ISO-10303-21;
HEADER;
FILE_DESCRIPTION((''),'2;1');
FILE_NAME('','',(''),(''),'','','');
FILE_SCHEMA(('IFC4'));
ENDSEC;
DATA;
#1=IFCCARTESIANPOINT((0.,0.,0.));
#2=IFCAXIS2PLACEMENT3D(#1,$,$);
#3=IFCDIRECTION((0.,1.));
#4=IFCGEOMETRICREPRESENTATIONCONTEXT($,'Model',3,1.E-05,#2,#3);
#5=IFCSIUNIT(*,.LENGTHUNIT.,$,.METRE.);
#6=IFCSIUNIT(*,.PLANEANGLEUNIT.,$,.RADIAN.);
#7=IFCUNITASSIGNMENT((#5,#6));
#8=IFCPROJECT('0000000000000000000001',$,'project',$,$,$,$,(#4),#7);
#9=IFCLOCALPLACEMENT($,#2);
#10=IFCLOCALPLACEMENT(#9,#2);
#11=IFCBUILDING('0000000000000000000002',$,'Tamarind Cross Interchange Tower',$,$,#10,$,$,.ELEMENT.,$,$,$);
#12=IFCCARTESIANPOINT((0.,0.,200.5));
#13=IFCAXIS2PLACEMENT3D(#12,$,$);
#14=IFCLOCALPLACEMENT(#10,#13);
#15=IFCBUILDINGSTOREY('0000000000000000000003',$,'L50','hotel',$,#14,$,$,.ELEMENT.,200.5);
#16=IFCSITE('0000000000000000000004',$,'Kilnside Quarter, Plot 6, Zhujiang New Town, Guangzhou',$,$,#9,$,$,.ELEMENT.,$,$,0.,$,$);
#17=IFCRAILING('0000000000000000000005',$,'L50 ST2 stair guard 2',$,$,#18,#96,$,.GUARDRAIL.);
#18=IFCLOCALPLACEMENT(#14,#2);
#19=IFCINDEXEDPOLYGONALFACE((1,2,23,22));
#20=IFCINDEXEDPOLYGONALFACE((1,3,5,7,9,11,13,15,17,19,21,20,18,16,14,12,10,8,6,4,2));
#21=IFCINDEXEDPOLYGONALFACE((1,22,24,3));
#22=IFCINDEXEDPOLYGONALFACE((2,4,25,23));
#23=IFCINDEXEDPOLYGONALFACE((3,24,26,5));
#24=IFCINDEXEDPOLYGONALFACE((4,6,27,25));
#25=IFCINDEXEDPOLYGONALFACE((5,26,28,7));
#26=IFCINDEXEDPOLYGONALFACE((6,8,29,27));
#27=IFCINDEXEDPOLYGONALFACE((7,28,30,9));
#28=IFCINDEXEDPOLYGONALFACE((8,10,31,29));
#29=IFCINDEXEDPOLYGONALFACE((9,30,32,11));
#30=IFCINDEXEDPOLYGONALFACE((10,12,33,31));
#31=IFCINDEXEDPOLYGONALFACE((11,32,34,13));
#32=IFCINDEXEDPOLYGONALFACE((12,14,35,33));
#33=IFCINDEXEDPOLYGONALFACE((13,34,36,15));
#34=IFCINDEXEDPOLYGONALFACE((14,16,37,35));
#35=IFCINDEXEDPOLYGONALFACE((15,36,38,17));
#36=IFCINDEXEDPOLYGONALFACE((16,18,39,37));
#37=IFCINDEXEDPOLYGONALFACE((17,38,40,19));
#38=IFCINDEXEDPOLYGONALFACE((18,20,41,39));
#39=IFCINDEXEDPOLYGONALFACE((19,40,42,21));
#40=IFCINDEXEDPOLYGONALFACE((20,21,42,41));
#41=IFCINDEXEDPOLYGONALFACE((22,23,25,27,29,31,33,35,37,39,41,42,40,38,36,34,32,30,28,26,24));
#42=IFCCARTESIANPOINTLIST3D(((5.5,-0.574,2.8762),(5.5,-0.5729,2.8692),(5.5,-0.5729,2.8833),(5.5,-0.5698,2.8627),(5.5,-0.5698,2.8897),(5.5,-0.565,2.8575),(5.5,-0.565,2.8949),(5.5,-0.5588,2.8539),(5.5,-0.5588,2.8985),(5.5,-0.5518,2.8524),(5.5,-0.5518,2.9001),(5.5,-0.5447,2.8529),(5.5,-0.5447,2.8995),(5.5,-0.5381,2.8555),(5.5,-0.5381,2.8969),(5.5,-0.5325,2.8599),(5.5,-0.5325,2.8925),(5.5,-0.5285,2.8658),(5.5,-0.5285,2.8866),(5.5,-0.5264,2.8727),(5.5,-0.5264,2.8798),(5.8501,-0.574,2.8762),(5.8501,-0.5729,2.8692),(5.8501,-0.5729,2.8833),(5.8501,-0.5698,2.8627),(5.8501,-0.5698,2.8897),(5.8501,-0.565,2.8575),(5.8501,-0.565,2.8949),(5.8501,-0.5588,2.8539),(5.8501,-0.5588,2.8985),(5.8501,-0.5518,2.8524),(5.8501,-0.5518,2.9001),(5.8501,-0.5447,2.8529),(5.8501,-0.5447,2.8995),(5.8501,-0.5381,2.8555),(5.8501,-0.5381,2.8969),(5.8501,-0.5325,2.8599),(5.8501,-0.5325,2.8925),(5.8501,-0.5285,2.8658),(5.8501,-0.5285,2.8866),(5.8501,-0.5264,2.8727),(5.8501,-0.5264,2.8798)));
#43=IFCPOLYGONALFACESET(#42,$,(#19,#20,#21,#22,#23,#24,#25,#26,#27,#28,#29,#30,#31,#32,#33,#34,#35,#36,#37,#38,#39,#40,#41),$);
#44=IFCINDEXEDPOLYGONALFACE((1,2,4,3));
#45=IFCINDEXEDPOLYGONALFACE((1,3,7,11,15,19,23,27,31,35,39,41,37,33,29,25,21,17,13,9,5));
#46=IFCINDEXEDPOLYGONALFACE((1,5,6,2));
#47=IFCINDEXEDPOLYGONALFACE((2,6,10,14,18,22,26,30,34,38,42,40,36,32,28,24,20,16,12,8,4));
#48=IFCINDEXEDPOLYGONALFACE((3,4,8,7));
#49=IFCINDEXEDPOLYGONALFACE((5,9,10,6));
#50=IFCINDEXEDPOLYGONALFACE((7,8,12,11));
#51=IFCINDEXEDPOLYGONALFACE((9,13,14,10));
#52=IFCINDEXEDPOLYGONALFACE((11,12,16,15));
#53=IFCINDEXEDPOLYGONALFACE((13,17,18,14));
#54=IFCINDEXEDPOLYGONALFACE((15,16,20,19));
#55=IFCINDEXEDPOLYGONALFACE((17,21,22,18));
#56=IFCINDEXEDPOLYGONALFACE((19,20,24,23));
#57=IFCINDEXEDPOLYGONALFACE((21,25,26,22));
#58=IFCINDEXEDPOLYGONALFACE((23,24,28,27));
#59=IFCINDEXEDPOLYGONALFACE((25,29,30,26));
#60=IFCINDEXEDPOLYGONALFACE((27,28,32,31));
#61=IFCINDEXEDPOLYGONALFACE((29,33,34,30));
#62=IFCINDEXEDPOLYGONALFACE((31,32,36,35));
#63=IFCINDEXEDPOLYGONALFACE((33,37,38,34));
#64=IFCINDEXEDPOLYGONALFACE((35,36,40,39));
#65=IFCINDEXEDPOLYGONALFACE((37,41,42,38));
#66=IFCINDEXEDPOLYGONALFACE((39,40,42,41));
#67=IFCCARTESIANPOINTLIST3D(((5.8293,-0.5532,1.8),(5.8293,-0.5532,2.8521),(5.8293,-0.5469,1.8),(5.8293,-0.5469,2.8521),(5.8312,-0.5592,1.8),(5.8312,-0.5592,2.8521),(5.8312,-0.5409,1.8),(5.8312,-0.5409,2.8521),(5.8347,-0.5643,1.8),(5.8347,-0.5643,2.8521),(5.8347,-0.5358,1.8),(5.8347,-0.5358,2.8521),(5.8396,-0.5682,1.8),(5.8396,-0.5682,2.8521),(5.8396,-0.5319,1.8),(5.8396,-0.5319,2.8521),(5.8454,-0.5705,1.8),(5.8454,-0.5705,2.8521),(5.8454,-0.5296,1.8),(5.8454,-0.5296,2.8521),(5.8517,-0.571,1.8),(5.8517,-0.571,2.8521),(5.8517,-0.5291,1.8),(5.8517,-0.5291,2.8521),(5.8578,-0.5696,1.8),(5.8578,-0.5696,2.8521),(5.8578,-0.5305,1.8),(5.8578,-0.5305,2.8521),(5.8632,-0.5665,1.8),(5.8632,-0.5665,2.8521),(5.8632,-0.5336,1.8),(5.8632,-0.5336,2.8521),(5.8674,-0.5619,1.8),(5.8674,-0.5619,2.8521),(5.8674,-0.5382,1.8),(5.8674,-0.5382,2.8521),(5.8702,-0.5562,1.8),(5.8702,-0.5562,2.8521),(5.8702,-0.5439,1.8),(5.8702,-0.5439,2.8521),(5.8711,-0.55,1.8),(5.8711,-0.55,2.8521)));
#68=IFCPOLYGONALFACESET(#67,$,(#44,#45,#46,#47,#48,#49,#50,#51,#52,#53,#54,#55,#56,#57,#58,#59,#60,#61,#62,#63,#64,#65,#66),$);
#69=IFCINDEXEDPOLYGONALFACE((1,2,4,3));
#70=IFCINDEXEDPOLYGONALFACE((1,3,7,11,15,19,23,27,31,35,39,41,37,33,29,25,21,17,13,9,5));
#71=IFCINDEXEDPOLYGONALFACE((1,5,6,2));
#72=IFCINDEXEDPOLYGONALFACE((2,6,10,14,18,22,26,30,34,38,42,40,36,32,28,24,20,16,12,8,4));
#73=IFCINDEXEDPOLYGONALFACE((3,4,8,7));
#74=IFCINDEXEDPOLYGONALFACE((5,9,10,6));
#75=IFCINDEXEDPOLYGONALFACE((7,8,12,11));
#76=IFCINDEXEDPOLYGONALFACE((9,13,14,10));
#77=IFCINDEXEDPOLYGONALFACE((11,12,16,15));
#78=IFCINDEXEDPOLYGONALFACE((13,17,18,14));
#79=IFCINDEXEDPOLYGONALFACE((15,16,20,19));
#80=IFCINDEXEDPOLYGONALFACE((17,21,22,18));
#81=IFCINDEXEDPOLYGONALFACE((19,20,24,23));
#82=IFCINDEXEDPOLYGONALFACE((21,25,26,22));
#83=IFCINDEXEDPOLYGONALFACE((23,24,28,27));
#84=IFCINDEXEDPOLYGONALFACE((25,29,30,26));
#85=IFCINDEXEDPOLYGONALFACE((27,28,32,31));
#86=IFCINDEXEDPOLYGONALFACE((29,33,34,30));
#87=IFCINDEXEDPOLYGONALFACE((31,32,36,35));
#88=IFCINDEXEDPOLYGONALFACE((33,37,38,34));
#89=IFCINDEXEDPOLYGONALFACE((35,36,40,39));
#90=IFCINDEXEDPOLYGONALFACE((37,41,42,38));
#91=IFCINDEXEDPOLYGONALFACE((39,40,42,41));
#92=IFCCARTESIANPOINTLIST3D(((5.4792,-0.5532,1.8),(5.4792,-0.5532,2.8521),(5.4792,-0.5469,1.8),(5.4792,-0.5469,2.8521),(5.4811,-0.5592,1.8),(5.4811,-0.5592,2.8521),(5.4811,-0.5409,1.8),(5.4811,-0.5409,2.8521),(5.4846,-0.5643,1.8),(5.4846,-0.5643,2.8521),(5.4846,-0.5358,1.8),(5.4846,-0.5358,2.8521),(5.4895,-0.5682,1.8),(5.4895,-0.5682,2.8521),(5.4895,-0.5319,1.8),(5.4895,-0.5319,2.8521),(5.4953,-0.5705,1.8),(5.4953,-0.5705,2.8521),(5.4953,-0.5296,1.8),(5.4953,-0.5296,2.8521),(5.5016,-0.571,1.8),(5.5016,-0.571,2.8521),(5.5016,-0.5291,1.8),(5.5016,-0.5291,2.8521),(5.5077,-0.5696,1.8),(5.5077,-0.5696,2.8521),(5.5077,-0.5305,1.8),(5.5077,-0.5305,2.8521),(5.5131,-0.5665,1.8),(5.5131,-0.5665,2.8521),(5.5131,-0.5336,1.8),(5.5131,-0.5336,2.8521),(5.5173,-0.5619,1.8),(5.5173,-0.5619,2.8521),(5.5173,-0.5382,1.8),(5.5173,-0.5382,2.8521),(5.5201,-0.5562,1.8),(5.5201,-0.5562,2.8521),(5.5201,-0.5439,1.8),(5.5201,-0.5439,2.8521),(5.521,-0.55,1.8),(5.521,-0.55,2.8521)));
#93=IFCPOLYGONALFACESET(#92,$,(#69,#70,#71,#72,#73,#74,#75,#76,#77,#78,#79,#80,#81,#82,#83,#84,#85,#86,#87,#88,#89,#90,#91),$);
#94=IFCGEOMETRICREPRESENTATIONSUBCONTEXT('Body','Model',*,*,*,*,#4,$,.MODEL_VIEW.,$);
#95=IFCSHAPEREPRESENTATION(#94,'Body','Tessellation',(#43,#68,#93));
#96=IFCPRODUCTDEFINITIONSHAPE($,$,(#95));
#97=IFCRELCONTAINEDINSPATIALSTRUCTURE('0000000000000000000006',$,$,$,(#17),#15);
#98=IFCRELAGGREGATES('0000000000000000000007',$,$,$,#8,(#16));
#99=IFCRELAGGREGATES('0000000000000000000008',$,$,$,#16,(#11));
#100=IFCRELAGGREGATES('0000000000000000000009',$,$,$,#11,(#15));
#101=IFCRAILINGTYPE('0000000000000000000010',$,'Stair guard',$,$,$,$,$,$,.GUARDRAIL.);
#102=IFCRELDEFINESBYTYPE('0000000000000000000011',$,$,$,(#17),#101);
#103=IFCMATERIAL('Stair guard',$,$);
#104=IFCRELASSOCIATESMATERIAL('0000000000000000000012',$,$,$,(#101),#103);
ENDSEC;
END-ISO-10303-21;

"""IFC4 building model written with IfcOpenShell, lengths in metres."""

from ifc_helpers import new_model, si_unit, direction, frame, origin, origin_2d, place, context, subcontext, project, spatial, circle, extrude, material, type_object, element, save


model = new_model("IFC4")

# Units and contexts
model_context = context("Model", 3, precision=1e-05, world=origin(), true_north=direction((0.0, 1.0)))
body_context = subcontext(model_context, "Body", "Model", "MODEL_VIEW")
ifc_project = project(units=[si_unit("LENGTHUNIT", "METRE"), si_unit("PLANEANGLEUNIT", "RADIAN")], contexts=[model_context])

# Site, building, storey
site_placement = place(None, origin())
site = spatial("IfcSite", under=ifc_project, at=site_placement, Name="Kilnside Quarter, Plot 6, Zhujiang New Town, Guangzhou", CompositionType="ELEMENT", RefElevation=0.0)
building_placement = place(site_placement, origin())
building = spatial("IfcBuilding", under=site, at=building_placement, Name="Tamarind Cross Interchange Tower", CompositionType="ELEMENT")
storey_placement = place(building_placement, frame((0.0, 0.0, 200.5)))
storey = spatial("IfcBuildingStorey", under=building, at=storey_placement, Name="L50", Description="hotel", CompositionType="ELEMENT", Elevation=200.5)

# Railing
ifc_material_1 = material(Name="Stair guard")
railing_type_1 = type_object("IfcRailingType", Name="Stair guard", PredefinedType="GUARDRAIL", material=ifc_material_1)
railing_1_placement = place(storey_placement, frame((5.8501, -0.55, 1.8)))
element("IfcRailing", 1, at=railing_1_placement, inside=storey, type_object=railing_type_1, Name="L50 ST2 stair guard 2", PredefinedType="GUARDRAIL", context=body_context, shape_type="SweptSolid", body=[
    extrude(circle(Radius=0.0239, at=origin_2d()), frame((0.0, 0.0, 1.0762), z_axis=(-1.0, 0.0, 0.0), x_axis=(0.0, -1.0, 0.0)), (0.0, 0.0, 1.0), 0.3501),
    extrude(circle(Radius=0.021, at=origin_2d()), origin(), (0.0, 0.0, 1.0), 1.052),
    extrude(circle(Radius=0.021, at=origin_2d()), frame((-0.3501, 0.0, 0.0)), (0.0, 0.0, 1.0), 1.052),
])

save(model, "model.ifc")
